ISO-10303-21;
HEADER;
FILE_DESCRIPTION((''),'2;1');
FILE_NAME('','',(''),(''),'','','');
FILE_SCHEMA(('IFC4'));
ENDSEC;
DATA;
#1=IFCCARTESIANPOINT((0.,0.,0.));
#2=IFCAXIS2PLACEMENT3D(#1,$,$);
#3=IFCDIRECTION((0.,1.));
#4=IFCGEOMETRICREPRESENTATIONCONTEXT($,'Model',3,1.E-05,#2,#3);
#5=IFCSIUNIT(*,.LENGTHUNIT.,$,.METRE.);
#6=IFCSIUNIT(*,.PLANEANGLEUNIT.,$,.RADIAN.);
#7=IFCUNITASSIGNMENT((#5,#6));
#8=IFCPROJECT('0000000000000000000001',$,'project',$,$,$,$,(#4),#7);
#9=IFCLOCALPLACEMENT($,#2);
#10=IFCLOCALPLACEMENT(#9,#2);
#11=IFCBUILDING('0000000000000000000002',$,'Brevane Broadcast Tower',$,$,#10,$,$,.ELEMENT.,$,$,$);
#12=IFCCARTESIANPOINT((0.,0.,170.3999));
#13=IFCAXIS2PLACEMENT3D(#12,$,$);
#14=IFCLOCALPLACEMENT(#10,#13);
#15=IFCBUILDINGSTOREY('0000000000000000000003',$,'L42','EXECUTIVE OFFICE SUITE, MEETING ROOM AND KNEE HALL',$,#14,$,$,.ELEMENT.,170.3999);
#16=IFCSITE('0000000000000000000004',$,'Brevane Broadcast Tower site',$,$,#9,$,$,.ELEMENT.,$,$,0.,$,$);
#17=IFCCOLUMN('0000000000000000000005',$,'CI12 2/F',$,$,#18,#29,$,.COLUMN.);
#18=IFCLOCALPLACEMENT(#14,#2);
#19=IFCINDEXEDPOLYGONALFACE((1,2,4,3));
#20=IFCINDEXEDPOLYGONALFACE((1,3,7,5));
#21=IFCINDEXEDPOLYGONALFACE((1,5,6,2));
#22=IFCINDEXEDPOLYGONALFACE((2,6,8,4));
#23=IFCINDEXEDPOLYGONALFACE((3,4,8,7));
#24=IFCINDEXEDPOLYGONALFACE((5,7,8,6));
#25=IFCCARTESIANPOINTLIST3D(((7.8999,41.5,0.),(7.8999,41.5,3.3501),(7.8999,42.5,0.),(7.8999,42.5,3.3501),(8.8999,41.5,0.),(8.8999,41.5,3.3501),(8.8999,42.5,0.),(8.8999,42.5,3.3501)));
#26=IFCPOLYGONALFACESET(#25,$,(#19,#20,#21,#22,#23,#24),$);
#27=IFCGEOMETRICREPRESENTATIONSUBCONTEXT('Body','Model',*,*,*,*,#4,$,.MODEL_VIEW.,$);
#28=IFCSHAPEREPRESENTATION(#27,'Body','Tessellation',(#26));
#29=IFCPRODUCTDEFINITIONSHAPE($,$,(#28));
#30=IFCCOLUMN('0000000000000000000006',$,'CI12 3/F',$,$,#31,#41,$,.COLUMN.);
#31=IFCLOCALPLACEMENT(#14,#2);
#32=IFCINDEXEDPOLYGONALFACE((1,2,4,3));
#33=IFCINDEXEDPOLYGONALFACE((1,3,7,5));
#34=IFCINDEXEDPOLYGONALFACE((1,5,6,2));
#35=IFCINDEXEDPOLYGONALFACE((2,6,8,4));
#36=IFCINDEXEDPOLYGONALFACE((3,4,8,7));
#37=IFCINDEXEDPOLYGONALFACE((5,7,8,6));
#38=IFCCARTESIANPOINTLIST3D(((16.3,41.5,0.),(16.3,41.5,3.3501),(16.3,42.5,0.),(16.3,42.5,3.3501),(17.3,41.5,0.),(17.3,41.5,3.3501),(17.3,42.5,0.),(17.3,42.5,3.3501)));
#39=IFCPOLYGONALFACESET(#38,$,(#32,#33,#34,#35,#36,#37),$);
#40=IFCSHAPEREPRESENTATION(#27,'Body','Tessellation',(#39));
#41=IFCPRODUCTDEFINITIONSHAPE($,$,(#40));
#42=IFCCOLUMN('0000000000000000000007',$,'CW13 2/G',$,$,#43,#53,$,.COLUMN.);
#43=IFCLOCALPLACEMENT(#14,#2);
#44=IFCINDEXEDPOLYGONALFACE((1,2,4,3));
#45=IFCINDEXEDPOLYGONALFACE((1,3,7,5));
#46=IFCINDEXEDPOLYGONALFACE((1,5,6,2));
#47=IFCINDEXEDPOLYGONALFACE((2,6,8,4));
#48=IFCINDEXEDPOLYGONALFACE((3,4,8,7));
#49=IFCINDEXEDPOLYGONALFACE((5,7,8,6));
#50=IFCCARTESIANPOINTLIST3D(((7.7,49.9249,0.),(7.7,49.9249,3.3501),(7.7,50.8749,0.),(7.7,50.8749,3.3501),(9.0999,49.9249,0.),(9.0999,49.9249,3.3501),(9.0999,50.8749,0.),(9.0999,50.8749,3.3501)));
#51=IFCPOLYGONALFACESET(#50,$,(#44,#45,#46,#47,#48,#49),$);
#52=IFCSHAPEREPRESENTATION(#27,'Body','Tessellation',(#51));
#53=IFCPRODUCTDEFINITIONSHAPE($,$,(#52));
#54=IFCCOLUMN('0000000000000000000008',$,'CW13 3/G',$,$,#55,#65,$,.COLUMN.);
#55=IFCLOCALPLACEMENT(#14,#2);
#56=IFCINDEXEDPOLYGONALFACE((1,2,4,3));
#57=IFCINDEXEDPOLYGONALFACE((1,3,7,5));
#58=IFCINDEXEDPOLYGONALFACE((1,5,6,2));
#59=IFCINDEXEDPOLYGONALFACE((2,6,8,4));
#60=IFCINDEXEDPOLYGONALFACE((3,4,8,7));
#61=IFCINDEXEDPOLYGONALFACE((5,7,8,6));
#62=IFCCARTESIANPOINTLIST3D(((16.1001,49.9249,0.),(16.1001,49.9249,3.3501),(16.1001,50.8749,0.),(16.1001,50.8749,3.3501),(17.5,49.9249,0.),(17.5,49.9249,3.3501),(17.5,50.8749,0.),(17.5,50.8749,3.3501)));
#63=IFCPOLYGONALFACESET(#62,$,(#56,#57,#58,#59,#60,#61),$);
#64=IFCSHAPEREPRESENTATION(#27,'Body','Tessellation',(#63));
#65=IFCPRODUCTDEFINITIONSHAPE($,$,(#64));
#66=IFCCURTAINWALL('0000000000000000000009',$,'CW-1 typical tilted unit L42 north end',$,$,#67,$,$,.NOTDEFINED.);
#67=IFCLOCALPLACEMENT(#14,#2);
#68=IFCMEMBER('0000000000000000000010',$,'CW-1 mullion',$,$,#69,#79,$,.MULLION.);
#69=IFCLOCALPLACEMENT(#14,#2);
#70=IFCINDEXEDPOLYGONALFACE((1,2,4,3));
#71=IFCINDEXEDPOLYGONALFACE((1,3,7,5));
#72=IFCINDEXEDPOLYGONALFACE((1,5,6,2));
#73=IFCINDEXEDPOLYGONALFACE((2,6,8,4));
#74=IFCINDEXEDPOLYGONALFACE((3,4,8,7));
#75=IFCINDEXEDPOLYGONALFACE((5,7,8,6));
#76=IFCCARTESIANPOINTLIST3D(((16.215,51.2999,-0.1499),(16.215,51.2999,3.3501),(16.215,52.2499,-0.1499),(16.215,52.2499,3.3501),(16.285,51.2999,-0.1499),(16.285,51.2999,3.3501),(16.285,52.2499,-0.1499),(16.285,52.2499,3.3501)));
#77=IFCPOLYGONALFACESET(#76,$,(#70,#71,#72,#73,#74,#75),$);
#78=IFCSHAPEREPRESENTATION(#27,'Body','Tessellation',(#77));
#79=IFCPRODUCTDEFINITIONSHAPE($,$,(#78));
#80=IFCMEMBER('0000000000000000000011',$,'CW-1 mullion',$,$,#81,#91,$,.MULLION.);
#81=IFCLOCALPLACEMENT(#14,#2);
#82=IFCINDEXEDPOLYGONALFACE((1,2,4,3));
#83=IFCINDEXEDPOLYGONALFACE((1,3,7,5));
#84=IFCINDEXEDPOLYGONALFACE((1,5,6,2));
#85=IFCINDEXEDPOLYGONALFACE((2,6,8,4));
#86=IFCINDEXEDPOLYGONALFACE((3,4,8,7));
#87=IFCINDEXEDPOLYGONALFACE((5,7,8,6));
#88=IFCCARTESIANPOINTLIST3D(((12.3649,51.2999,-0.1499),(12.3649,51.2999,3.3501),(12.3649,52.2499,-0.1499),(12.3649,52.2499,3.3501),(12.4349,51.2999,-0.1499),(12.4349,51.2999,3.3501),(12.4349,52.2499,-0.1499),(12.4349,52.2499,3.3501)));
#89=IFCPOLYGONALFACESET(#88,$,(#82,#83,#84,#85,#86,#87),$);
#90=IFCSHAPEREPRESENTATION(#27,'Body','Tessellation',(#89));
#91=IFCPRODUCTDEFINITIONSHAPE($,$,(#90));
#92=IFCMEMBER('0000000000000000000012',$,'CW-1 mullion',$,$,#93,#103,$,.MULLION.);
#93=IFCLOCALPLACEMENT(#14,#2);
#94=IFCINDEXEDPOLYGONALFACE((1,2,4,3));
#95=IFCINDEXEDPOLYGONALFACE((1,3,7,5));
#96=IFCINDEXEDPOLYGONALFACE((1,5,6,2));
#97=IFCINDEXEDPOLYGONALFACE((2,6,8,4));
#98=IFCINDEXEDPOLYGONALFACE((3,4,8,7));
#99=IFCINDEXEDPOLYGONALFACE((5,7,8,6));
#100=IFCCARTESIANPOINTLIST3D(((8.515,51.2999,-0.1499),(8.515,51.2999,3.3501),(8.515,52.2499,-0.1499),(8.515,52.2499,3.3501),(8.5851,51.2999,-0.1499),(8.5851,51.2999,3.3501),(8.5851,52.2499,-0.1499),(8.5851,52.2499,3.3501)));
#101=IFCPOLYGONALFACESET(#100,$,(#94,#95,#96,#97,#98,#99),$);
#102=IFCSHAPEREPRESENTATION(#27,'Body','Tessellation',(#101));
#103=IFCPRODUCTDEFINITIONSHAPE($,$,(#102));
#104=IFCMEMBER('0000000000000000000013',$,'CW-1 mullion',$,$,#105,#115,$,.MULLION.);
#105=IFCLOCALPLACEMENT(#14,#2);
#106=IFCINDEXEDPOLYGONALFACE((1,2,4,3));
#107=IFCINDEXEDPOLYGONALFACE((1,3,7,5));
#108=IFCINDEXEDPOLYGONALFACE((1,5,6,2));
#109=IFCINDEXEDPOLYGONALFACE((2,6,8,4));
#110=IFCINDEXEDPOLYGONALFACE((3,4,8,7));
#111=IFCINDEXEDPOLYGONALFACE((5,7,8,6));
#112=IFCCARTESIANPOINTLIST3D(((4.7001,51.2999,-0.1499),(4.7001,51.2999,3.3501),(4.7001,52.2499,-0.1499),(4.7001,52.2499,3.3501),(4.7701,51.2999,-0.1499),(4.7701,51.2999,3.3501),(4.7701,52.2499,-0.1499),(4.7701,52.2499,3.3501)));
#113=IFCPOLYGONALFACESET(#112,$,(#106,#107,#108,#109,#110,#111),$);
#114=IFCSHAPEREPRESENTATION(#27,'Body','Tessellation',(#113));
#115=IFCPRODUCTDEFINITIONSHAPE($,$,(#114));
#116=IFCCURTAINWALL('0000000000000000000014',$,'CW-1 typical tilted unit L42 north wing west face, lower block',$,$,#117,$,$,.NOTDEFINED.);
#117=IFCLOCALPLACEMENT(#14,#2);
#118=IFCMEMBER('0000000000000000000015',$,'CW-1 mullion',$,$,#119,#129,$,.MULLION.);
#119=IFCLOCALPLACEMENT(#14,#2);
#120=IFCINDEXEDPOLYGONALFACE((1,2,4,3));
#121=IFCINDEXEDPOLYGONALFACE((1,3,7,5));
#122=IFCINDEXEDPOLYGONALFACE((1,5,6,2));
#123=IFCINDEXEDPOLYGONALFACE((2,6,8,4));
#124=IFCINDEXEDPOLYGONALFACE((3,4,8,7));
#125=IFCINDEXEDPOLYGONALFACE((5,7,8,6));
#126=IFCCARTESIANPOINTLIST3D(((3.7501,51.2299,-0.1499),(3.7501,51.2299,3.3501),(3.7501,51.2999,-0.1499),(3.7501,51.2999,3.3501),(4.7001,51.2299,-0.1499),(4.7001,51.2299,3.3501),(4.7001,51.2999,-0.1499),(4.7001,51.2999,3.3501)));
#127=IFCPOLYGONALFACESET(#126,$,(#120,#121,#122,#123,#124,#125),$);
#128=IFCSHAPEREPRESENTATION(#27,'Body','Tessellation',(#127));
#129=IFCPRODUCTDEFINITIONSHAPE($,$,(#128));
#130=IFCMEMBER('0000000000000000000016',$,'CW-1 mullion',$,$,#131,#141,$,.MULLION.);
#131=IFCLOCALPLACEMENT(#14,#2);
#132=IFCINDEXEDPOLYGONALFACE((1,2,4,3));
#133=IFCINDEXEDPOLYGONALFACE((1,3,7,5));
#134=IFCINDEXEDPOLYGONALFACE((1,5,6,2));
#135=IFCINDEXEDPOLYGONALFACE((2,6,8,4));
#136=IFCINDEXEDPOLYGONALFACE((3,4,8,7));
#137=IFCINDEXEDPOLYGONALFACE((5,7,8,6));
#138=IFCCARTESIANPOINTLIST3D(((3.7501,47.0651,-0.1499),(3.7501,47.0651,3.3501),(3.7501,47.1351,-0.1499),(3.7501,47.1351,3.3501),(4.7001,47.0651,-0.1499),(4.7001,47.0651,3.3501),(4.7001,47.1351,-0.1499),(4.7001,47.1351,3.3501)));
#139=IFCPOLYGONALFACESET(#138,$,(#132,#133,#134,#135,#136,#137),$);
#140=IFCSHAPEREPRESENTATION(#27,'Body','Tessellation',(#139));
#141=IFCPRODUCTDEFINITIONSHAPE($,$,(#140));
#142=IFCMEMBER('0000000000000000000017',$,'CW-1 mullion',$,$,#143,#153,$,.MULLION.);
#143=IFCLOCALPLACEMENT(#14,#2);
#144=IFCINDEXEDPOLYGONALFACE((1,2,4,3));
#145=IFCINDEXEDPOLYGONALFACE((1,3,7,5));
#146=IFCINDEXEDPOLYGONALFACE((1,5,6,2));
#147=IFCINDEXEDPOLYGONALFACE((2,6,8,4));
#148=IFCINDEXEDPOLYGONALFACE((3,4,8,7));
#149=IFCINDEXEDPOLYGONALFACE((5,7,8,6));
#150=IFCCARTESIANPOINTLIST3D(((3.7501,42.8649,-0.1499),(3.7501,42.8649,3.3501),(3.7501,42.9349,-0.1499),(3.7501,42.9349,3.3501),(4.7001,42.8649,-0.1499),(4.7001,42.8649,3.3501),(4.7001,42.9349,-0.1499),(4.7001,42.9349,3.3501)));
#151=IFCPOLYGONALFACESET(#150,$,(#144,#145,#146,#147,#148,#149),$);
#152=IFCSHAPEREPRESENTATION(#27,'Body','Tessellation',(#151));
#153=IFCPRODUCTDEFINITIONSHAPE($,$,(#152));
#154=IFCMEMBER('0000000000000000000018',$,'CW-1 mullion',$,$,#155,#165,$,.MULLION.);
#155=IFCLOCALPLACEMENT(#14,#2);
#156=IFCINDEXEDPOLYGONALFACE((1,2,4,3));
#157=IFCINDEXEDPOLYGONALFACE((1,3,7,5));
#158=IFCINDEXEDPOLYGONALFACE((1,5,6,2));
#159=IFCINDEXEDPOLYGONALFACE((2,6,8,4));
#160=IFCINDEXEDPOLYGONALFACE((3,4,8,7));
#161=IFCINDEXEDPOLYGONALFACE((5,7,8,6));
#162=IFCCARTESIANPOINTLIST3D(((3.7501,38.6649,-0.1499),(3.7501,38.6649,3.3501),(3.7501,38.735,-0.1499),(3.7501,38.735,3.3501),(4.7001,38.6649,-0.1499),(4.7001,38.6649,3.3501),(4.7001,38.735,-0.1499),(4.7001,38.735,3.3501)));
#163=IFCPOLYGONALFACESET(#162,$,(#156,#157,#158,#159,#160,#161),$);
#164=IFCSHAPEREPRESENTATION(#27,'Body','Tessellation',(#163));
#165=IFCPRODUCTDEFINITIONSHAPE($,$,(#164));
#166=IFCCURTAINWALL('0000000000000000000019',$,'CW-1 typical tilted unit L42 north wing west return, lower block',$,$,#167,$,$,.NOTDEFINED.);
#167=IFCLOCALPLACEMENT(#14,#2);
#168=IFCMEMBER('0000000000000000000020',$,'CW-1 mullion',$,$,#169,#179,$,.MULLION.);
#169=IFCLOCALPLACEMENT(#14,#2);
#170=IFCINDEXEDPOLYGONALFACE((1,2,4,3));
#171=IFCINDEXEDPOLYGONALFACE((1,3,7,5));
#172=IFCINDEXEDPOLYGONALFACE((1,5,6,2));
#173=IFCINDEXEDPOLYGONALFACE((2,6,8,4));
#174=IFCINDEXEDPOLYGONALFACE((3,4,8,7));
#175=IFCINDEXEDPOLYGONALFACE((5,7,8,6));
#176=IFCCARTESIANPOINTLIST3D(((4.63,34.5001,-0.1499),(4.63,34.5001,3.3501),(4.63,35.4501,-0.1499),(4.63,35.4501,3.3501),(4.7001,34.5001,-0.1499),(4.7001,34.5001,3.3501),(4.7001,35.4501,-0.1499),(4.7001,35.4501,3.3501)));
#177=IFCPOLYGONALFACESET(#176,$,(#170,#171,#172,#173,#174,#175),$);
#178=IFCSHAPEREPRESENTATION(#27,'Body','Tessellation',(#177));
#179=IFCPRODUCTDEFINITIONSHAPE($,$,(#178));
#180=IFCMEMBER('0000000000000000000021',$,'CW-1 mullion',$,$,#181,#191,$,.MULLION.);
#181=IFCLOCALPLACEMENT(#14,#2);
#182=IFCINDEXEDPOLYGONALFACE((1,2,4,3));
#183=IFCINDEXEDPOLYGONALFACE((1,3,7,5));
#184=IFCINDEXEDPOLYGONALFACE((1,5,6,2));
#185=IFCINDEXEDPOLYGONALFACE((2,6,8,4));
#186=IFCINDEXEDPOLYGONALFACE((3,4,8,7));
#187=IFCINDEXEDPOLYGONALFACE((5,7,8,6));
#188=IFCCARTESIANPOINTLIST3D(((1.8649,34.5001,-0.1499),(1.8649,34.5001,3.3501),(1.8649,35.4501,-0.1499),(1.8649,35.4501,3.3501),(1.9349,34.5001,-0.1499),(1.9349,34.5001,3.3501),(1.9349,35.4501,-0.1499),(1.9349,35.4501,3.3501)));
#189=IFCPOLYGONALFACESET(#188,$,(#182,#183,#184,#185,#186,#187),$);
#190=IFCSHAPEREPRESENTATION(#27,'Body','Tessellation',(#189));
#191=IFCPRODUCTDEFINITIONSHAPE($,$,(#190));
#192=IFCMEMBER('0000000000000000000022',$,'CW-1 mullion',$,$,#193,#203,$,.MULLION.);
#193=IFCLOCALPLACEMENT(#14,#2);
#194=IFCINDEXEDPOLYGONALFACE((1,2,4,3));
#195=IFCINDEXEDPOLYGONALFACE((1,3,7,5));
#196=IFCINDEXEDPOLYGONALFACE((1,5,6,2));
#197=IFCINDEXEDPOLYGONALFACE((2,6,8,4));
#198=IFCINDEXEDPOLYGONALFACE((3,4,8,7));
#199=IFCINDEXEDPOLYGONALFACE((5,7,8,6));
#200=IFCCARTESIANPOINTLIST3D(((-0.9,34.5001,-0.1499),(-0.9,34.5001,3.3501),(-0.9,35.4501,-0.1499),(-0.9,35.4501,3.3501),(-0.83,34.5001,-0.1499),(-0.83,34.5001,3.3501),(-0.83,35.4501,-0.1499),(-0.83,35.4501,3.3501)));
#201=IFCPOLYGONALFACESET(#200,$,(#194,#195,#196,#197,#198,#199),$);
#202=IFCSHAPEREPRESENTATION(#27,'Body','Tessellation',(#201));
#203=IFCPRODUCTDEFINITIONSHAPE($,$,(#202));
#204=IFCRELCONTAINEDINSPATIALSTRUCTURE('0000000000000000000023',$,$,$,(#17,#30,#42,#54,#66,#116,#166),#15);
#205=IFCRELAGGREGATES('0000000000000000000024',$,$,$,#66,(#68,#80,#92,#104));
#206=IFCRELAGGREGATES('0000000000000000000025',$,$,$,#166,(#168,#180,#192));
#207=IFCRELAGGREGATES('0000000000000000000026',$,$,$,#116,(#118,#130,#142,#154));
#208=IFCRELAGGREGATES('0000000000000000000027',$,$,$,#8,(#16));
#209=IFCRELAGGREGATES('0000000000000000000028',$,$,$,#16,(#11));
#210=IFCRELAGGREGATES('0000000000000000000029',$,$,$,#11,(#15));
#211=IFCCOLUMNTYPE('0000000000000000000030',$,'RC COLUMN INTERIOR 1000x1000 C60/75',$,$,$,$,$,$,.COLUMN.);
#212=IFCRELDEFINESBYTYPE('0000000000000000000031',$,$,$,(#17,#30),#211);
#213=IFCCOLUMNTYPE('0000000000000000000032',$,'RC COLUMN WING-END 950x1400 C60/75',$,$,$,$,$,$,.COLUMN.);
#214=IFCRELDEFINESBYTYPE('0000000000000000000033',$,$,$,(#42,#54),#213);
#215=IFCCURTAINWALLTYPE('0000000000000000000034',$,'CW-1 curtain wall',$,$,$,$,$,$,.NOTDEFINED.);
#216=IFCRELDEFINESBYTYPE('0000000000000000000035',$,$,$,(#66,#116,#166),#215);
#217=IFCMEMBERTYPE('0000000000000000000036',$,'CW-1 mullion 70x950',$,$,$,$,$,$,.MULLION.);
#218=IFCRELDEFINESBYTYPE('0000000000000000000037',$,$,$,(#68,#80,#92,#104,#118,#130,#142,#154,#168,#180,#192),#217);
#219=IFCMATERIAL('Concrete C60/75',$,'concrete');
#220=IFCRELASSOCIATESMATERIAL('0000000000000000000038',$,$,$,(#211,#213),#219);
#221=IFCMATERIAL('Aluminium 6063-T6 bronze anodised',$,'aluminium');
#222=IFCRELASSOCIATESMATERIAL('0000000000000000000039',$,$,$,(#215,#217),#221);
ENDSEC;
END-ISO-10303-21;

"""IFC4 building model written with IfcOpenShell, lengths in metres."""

from ifc_helpers import new_model, si_unit, direction, frame, origin, origin_2d, place, context, subcontext, project, spatial, rectangle, extrude, material, material_profile, profile_set, type_object, element, aggregate, save


model = new_model("IFC4")

# Units and contexts
model_context = context("Model", 3, precision=1e-05, world=origin(), true_north=direction((0.0, 1.0)))
body_context = subcontext(model_context, "Body", "Model", "MODEL_VIEW")
ifc_project = project(units=[si_unit("LENGTHUNIT", "METRE"), si_unit("PLANEANGLEUNIT", "RADIAN")], contexts=[model_context])

# Site, building, storey
site_placement = place(None, origin())
site = spatial("IfcSite", under=ifc_project, at=site_placement, Name="Brevane Broadcast Tower site", CompositionType="ELEMENT", RefElevation=0.0)
building_placement = place(site_placement, origin())
building = spatial("IfcBuilding", under=site, at=building_placement, Name="Brevane Broadcast Tower", CompositionType="ELEMENT")
storey_placement = place(building_placement, frame((0.0, 0.0, 170.3999)))
storey = spatial("IfcBuildingStorey", under=building, at=storey_placement, Name="L42", Description="EXECUTIVE OFFICE SUITE, MEETING ROOM AND KNEE HALL", CompositionType="ELEMENT", Elevation=170.3999)

# Columns
ifc_material_1 = material(Name="Concrete C60/75", Category="concrete")
ifc_material_profile_1 = material_profile(ifc_material_1, rectangle(XDim=1.0, YDim=1.0, at=origin_2d()), Name="RC 1000x1000")
ifc_profile_set_1 = profile_set([ifc_material_profile_1], Name="Concrete C60/75")
column_type_1 = type_object("IfcColumnType", Name="RC COLUMN INTERIOR 1000x1000 C60/75", PredefinedType="COLUMN", material=ifc_profile_set_1)
for number, where, z_axis, x_axis, name in (
    (1, (8.3999, 42.0, 0.0), (0.0, 0.0, 1.0), (1.0, 0.0, 0.0), "CI12 2/F"),
    (2, (16.8, 42.0, 0.0), (0.0, 0.0, 1.0), (1.0, 0.0, 0.0), "CI12 3/F"),
):
    element("IfcColumn", number, at=place(storey_placement, frame(where, z_axis=z_axis, x_axis=x_axis)), inside=storey, type_object=column_type_1, Name=name, PredefinedType="COLUMN", context=body_context, shape_type="SweptSolid", body=[
        extrude(rectangle(XDim=1.0, YDim=1.0, at=origin_2d()), origin(), (0.0, 0.0, 1.0), 3.3501),
    ])
ifc_material_profile_2 = material_profile(ifc_material_1, rectangle(XDim=0.95, YDim=1.3999, at=origin_2d()), Name="RC 950x1400")
ifc_profile_set_2 = profile_set([ifc_material_profile_2], Name="Concrete C60/75")
column_type_2 = type_object("IfcColumnType", Name="RC COLUMN WING-END 950x1400 C60/75", PredefinedType="COLUMN", material=ifc_profile_set_2)
for number, where, z_axis, x_axis, name in (
    (3, (8.3999, 50.3999, 0.0), (0.0, 0.0, 1.0), (0.0, 1.0, 0.0), "CW13 2/G"),
    (4, (16.8, 50.3999, 0.0), (0.0, 0.0, 1.0), (0.0, 1.0, 0.0), "CW13 3/G"),
):
    element("IfcColumn", number, at=place(storey_placement, frame(where, z_axis=z_axis, x_axis=x_axis)), inside=storey, type_object=column_type_2, Name=name, PredefinedType="COLUMN", context=body_context, shape_type="SweptSolid", body=[
        extrude(rectangle(XDim=0.95, YDim=1.3999, at=origin_2d()), origin(), (0.0, 0.0, 1.0), 3.3501),
    ])

# Curtain walls, members
ifc_material_2 = material(Name="Aluminium 6063-T6 bronze anodised", Category="aluminium")
curtain_wall_type = type_object("IfcCurtainWallType", Name="CW-1 curtain wall", PredefinedType="NOTDEFINED", material=ifc_material_2)
curtain_wall_1_placement = place(storey_placement, origin())
curtain_wall_1 = element("IfcCurtainWall", 5, at=curtain_wall_1_placement, inside=storey, type_object=curtain_wall_type, Name="CW-1 typical tilted unit L42 north end", PredefinedType="NOTDEFINED")
ifc_material_profile_3 = material_profile(ifc_material_2, rectangle(XDim=0.95, YDim=0.0701, at=origin_2d()), Name="RECT 70x950")
ifc_profile_set_3 = profile_set([ifc_material_profile_3], Name="Aluminium 6063-T6 bronze anodised")
member_type_1 = type_object("IfcMemberType", Name="CW-1 mullion 70x950", PredefinedType="MULLION", material=ifc_profile_set_3)
member_1_placement = place(storey_placement, frame((16.25, 51.7749, -0.1499), z_axis=(0.0, 0.0, 1.0), x_axis=(0.0, -1.0, 0.0)))
member_1 = element("IfcMember", 6, at=member_1_placement, type_object=member_type_1, Name="CW-1 mullion", PredefinedType="MULLION", context=body_context, shape_type="SweptSolid", body=[
    extrude(rectangle(XDim=0.95, YDim=0.0701, at=origin_2d()), origin(), (0.0, 0.0, 1.0), 3.5),
])
member_2_placement = place(storey_placement, frame((12.3999, 51.7749, -0.1499), z_axis=(0.0, 0.0, 1.0), x_axis=(0.0, -1.0, 0.0)))
member_2 = element("IfcMember", 7, at=member_2_placement, type_object=member_type_1, Name="CW-1 mullion", PredefinedType="MULLION", context=body_context, shape_type="SweptSolid", body=[
    extrude(rectangle(XDim=0.95, YDim=0.0701, at=origin_2d()), origin(), (0.0, 0.0, 1.0), 3.5),
])
member_3_placement = place(storey_placement, frame((8.55, 51.7749, -0.1499), z_axis=(0.0, 0.0, 1.0), x_axis=(0.0, -1.0, 0.0)))
member_3 = element("IfcMember", 8, at=member_3_placement, type_object=member_type_1, Name="CW-1 mullion", PredefinedType="MULLION", context=body_context, shape_type="SweptSolid", body=[
    extrude(rectangle(XDim=0.95, YDim=0.0701, at=origin_2d()), origin(), (0.0, 0.0, 1.0), 3.5),
])
member_4_placement = place(storey_placement, frame((4.7351, 51.7749, -0.1499), z_axis=(0.0, 0.0, 1.0), x_axis=(0.0, -1.0, 0.0)))
member_4 = element("IfcMember", 9, at=member_4_placement, type_object=member_type_1, Name="CW-1 mullion", PredefinedType="MULLION", context=body_context, shape_type="SweptSolid", body=[
    extrude(rectangle(XDim=0.95, YDim=0.0701, at=origin_2d()), origin(), (0.0, 0.0, 1.0), 3.5),
])
aggregate(curtain_wall_1, [member_1, member_2, member_3, member_4])
curtain_wall_2_placement = place(storey_placement, origin())
curtain_wall_2 = element("IfcCurtainWall", 10, at=curtain_wall_2_placement, inside=storey, type_object=curtain_wall_type, Name="CW-1 typical tilted unit L42 north wing west face, lower block", PredefinedType="NOTDEFINED")
member_5_placement = place(storey_placement, frame((4.2251, 51.2649, -0.1499), z_axis=(0.0, 0.0, 1.0), x_axis=(1.0, 0.0, 0.0)))
member_5 = element("IfcMember", 11, at=member_5_placement, type_object=member_type_1, Name="CW-1 mullion", PredefinedType="MULLION", context=body_context, shape_type="SweptSolid", body=[
    extrude(rectangle(XDim=0.95, YDim=0.0701, at=origin_2d()), origin(), (0.0, 0.0, 1.0), 3.5),
])
member_6_placement = place(storey_placement, frame((4.2251, 47.1001, -0.1499), z_axis=(0.0, 0.0, 1.0), x_axis=(1.0, 0.0, 0.0)))
member_6 = element("IfcMember", 12, at=member_6_placement, type_object=member_type_1, Name="CW-1 mullion", PredefinedType="MULLION", context=body_context, shape_type="SweptSolid", body=[
    extrude(rectangle(XDim=0.95, YDim=0.0701, at=origin_2d()), origin(), (0.0, 0.0, 1.0), 3.5),
])
member_7_placement = place(storey_placement, frame((4.2251, 42.8999, -0.1499), z_axis=(0.0, 0.0, 1.0), x_axis=(1.0, 0.0, 0.0)))
member_7 = element("IfcMember", 13, at=member_7_placement, type_object=member_type_1, Name="CW-1 mullion", PredefinedType="MULLION", context=body_context, shape_type="SweptSolid", body=[
    extrude(rectangle(XDim=0.95, YDim=0.0701, at=origin_2d()), origin(), (0.0, 0.0, 1.0), 3.5),
])
member_8_placement = place(storey_placement, frame((4.2251, 38.7, -0.1499), z_axis=(0.0, 0.0, 1.0), x_axis=(1.0, 0.0, 0.0)))
member_8 = element("IfcMember", 14, at=member_8_placement, type_object=member_type_1, Name="CW-1 mullion", PredefinedType="MULLION", context=body_context, shape_type="SweptSolid", body=[
    extrude(rectangle(XDim=0.95, YDim=0.0701, at=origin_2d()), origin(), (0.0, 0.0, 1.0), 3.5),
])
curtain_wall_3_placement = place(storey_placement, origin())
curtain_wall_3 = element("IfcCurtainWall", 15, at=curtain_wall_3_placement, inside=storey, type_object=curtain_wall_type, Name="CW-1 typical tilted unit L42 north wing west return, lower block", PredefinedType="NOTDEFINED")
member_9_placement = place(storey_placement, frame((4.665, 34.9751, -0.1499), z_axis=(0.0, 0.0, 1.0), x_axis=(0.0, -1.0, 0.0)))
member_9 = element("IfcMember", 16, at=member_9_placement, type_object=member_type_1, Name="CW-1 mullion", PredefinedType="MULLION", context=body_context, shape_type="SweptSolid", body=[
    extrude(rectangle(XDim=0.95, YDim=0.0701, at=origin_2d()), origin(), (0.0, 0.0, 1.0), 3.5),
])
member_10_placement = place(storey_placement, frame((1.8999, 34.9751, -0.1499), z_axis=(0.0, 0.0, 1.0), x_axis=(0.0, -1.0, 0.0)))
member_10 = element("IfcMember", 17, at=member_10_placement, type_object=member_type_1, Name="CW-1 mullion", PredefinedType="MULLION", context=body_context, shape_type="SweptSolid", body=[
    extrude(rectangle(XDim=0.95, YDim=0.0701, at=origin_2d()), origin(), (0.0, 0.0, 1.0), 3.5),
])
member_11_placement = place(storey_placement, frame((-0.865, 34.9751, -0.1499), z_axis=(0.0, 0.0, 1.0), x_axis=(0.0, -1.0, 0.0)))
member_11 = element("IfcMember", 18, at=member_11_placement, type_object=member_type_1, Name="CW-1 mullion", PredefinedType="MULLION", context=body_context, shape_type="SweptSolid", body=[
    extrude(rectangle(XDim=0.95, YDim=0.0701, at=origin_2d()), origin(), (0.0, 0.0, 1.0), 3.5),
])
aggregate(curtain_wall_3, [member_9, member_10, member_11])

aggregate(curtain_wall_2, [member_5, member_6, member_7, member_8])

save(model, "model.ifc")
